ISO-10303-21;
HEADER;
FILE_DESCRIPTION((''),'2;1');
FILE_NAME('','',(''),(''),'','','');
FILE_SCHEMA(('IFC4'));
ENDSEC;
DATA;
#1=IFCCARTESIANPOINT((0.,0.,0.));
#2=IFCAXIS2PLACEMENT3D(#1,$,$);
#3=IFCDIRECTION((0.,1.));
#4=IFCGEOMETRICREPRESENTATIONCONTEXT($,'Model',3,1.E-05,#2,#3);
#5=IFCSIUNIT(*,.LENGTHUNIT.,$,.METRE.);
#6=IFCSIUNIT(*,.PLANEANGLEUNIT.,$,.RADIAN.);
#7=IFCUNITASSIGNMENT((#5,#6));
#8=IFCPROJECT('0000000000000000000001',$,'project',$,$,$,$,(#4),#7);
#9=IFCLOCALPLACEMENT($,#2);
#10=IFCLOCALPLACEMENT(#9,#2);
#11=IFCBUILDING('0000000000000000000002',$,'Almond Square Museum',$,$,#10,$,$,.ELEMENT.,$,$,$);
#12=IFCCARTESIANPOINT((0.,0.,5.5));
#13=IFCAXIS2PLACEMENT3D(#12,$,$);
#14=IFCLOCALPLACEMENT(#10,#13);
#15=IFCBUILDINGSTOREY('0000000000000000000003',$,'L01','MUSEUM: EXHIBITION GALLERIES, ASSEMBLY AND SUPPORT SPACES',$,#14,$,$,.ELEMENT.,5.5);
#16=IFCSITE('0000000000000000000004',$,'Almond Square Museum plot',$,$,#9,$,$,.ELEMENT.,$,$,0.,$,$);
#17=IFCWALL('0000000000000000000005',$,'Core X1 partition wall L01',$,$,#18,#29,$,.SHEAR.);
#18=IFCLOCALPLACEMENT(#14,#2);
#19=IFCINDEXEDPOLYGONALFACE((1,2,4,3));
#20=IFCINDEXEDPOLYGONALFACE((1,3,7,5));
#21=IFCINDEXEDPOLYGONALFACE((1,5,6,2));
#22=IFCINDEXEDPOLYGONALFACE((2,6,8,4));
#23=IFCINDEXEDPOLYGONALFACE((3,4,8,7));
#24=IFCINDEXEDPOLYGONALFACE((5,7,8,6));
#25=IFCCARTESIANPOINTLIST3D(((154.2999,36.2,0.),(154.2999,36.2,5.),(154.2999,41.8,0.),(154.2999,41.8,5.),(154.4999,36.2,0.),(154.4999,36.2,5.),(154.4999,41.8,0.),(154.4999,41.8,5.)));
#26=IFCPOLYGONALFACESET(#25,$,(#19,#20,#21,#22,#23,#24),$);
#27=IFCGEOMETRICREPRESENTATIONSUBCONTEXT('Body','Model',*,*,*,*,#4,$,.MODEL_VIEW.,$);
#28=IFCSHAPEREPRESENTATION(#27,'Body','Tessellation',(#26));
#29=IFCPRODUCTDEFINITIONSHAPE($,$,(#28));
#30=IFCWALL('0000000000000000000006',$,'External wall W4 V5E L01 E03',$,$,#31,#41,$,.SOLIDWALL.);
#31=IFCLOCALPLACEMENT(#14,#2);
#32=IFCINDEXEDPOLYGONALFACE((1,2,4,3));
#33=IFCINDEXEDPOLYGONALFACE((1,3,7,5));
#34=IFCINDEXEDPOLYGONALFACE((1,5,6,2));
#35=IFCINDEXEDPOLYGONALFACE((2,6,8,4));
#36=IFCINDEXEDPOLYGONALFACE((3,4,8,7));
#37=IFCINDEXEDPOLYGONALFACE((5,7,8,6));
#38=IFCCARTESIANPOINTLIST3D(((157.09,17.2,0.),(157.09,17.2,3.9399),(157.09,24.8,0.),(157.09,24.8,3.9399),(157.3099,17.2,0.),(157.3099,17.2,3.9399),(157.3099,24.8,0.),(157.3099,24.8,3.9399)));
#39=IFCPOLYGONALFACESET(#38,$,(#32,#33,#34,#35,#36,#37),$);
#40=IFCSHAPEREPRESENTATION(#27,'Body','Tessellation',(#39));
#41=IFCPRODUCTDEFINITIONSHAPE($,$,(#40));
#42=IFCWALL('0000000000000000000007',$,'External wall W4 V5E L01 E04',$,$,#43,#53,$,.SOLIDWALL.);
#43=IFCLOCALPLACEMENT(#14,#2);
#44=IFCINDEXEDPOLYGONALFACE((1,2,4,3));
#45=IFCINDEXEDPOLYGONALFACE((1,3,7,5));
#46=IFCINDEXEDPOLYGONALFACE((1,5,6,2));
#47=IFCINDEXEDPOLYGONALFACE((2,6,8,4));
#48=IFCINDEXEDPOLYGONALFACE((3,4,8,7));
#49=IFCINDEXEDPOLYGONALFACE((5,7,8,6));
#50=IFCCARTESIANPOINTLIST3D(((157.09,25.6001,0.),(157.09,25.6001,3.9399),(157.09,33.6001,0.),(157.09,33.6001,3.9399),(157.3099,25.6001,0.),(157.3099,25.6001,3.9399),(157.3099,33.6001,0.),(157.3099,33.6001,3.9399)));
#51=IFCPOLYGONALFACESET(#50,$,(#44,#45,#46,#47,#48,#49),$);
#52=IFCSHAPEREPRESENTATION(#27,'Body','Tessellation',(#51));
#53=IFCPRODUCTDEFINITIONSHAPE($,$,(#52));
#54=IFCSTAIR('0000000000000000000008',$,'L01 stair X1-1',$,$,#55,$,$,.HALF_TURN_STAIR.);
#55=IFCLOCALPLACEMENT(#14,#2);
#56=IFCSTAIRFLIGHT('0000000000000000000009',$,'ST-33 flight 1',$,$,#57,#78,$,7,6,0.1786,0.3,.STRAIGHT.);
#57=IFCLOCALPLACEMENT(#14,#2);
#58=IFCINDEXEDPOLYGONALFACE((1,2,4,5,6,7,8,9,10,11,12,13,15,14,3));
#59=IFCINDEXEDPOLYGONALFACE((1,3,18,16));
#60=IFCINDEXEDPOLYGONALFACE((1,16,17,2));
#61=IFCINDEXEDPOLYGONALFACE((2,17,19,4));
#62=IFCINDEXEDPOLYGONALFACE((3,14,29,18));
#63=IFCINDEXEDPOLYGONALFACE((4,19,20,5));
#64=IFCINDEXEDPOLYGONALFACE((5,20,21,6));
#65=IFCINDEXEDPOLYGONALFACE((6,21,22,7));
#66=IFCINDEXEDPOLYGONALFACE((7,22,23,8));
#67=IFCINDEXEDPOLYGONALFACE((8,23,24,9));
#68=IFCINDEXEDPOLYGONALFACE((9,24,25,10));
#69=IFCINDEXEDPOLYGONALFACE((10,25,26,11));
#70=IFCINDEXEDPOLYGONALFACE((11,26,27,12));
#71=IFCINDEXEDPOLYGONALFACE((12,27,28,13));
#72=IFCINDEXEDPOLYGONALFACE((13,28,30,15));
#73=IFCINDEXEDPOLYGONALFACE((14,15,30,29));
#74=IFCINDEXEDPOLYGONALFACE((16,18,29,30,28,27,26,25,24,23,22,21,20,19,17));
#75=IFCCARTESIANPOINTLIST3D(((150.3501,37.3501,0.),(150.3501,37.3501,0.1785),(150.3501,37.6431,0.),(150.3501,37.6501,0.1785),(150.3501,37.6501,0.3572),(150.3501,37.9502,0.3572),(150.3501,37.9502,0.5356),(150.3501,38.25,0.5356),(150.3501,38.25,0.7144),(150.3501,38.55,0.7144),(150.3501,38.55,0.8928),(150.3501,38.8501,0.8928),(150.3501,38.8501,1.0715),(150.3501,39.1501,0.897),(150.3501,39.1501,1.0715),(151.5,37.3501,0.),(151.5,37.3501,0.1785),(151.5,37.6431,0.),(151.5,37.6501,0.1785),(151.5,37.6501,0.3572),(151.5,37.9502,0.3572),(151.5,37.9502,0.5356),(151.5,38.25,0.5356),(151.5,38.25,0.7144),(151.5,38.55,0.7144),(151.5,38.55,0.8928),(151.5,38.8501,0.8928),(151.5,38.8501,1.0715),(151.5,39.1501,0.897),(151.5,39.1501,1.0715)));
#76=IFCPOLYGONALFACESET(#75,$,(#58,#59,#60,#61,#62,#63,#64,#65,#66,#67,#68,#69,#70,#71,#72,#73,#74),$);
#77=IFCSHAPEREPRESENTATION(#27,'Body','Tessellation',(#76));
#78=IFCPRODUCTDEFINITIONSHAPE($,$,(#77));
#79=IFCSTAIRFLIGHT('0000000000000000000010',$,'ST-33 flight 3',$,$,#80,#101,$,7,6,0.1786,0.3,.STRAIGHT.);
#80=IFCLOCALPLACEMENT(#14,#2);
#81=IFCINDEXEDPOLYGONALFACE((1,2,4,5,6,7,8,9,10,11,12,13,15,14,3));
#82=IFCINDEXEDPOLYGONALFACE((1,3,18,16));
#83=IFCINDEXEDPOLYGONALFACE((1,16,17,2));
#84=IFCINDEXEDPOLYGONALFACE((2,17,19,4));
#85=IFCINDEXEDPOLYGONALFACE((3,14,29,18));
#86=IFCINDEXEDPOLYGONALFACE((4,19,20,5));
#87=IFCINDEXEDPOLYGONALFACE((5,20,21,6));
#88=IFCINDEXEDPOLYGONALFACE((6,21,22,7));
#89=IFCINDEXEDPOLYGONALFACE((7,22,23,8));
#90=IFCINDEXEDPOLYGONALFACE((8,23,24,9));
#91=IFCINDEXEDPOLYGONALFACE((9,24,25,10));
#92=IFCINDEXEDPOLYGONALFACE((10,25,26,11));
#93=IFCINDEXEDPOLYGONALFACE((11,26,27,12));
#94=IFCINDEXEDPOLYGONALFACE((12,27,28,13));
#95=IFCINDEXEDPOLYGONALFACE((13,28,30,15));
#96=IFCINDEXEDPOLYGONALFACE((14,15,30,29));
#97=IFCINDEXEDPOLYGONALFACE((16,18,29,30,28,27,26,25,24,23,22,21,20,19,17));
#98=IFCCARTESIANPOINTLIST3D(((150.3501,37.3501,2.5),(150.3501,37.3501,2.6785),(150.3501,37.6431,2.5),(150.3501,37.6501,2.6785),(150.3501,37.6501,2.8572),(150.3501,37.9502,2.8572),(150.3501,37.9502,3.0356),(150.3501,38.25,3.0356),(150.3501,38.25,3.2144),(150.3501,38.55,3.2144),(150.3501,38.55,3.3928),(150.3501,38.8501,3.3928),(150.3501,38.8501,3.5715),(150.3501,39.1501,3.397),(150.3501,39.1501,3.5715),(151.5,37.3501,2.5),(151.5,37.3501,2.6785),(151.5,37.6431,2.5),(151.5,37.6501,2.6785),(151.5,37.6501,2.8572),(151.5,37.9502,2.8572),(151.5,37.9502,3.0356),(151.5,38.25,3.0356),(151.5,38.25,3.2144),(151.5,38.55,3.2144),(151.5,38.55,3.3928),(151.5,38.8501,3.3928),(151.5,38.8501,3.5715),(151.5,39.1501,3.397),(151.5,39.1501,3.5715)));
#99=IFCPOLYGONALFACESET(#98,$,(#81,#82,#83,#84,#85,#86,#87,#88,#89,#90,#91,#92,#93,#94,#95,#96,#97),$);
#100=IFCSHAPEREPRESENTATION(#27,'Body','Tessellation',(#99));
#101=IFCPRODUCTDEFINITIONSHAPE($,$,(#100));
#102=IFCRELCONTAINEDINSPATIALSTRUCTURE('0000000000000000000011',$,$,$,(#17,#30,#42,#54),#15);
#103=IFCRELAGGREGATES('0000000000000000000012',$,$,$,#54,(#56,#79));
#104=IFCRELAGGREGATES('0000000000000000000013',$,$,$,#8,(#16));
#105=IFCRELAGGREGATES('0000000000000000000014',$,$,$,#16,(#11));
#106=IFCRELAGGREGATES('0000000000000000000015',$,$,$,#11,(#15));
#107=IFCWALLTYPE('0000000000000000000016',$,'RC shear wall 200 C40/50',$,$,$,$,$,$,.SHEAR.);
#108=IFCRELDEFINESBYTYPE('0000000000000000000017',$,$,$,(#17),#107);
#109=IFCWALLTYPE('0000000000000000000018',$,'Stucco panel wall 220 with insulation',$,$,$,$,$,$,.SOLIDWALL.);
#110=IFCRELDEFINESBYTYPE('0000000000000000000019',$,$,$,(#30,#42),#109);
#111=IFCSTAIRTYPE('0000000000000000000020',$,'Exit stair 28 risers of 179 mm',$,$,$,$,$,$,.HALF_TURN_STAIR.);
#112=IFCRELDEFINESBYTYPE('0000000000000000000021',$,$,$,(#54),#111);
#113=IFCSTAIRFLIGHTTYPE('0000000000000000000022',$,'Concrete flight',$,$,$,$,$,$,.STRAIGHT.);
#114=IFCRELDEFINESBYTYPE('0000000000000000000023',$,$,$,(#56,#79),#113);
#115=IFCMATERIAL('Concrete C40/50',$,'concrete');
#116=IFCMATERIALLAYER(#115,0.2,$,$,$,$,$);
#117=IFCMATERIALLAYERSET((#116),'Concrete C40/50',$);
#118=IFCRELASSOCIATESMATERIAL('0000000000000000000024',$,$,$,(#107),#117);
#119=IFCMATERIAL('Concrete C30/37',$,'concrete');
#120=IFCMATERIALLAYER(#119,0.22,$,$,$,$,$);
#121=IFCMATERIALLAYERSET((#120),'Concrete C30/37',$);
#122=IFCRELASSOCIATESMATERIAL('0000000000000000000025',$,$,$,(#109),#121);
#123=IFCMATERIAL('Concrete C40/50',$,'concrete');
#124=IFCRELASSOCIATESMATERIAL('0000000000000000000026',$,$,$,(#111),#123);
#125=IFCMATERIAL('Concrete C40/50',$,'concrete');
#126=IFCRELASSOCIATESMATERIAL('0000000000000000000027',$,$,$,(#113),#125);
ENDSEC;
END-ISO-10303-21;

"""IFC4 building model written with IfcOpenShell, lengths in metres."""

from ifc_helpers import new_model, si_unit, direction, frame, frame_2d, origin, place, context, subcontext, project, spatial, polyline, rectangle, outline, extrude, material, layer, layer_set, type_object, element, aggregate, save


model = new_model("IFC4")

# Units and contexts
model_context = context("Model", 3, precision=1e-05, world=origin(), true_north=direction((0.0, 1.0)))
body_context = subcontext(model_context, "Body", "Model", "MODEL_VIEW")
ifc_project = project(units=[si_unit("LENGTHUNIT", "METRE"), si_unit("PLANEANGLEUNIT", "RADIAN")], contexts=[model_context])

# Site, building, storey
site_placement = place(None, origin())
site = spatial("IfcSite", under=ifc_project, at=site_placement, Name="Almond Square Museum plot", CompositionType="ELEMENT", RefElevation=0.0)
building_placement = place(site_placement, origin())
building = spatial("IfcBuilding", under=site, at=building_placement, Name="Almond Square Museum", CompositionType="ELEMENT")
storey_placement = place(building_placement, frame((0.0, 0.0, 5.5)))
storey = spatial("IfcBuildingStorey", under=building, at=storey_placement, Name="L01", Description="MUSEUM: EXHIBITION GALLERIES, ASSEMBLY AND SUPPORT SPACES", CompositionType="ELEMENT", Elevation=5.5)

# Shared definitions
ifc_material_1 = material(Name="Concrete C40/50", Category="concrete")
ifc_layer_1 = layer(ifc_material_1, 0.2)
ifc_layer_set_1 = layer_set([ifc_layer_1], Name="Concrete C40/50")
wall_type_1 = type_object("IfcWallType", Name="RC shear wall 200 C40/50", PredefinedType="SHEAR", material=ifc_layer_set_1)

# Walls
for number, where, z_axis, x_axis, name in (
    (1, (154.3999, 36.2, 0.0), (0.0, 0.0, 1.0), (0.0, 1.0, 0.0), "Core X1 partition wall L01"),
):
    element("IfcWall", number, at=place(storey_placement, frame(where, z_axis=z_axis, x_axis=x_axis)), inside=storey, type_object=wall_type_1, Name=name, PredefinedType="SHEAR", context=body_context, shape_type="SweptSolid", body=[
        extrude(rectangle(XDim=5.6001, YDim=0.2, at=frame_2d((2.8, 0.0))), origin(), (0.0, 0.0, 1.0), 5.0),
    ])
ifc_material_2 = material(Name="Concrete C30/37", Category="concrete")
ifc_layer_2 = layer(ifc_material_2, 0.22)
ifc_layer_set_2 = layer_set([ifc_layer_2], Name="Concrete C30/37")
wall_type_2 = type_object("IfcWallType", Name="Stucco panel wall 220 with insulation", PredefinedType="SOLIDWALL", material=ifc_layer_set_2)
wall_1_placement = place(storey_placement, frame((157.2, 17.2, 0.0), z_axis=(0.0, 0.0, 1.0), x_axis=(0.0, 1.0, 0.0)))
element("IfcWall", 2, at=wall_1_placement, inside=storey, type_object=wall_type_2, Name="External wall W4 V5E L01 E03", PredefinedType="SOLIDWALL", context=body_context, shape_type="SweptSolid", body=[
    extrude(rectangle(XDim=7.6001, YDim=0.22, at=frame_2d((3.8, 0.0))), origin(), (0.0, 0.0, 1.0), 3.9399),
])
wall_2_placement = place(storey_placement, frame((157.2, 25.6001, 0.0), z_axis=(0.0, 0.0, 1.0), x_axis=(0.0, 1.0, 0.0)))
element("IfcWall", 3, at=wall_2_placement, inside=storey, type_object=wall_type_2, Name="External wall W4 V5E L01 E04", PredefinedType="SOLIDWALL", context=body_context, shape_type="SweptSolid", body=[
    extrude(rectangle(XDim=8.0, YDim=0.22, at=frame_2d((4.0, 0.0))), origin(), (0.0, 0.0, 1.0), 3.9399),
])

# Stair, stair flights
ifc_material_3 = material(Name="Concrete C40/50", Category="concrete")
stair_type = type_object("IfcStairType", Name="Exit stair 28 risers of 179 mm", PredefinedType="HALF_TURN_STAIR", material=ifc_material_3)
stair_placement = place(storey_placement, origin())
stair = element("IfcStair", 4, at=stair_placement, inside=storey, type_object=stair_type, Name="L01 stair X1-1", PredefinedType="HALF_TURN_STAIR")
ifc_material_4 = material(Name="Concrete C40/50", Category="concrete")
stair_flight_type = type_object("IfcStairFlightType", Name="Concrete flight", PredefinedType="STRAIGHT", material=ifc_material_4)
stair_flight_1_placement = place(storey_placement, frame((150.925, 37.3501, 0.0), z_axis=(0.0, 0.0, 1.0), x_axis=(0.0, 1.0, 0.0)))
stair_flight_1 = element("IfcStairFlight", 5, at=stair_flight_1_placement, type_object=stair_flight_type, Name="ST-33 flight 1", NumberOfRisers=7, NumberOfTreads=6, PredefinedType="STRAIGHT", RiserHeight=0.1786, TreadLength=0.3, context=body_context, shape_type="SweptSolid", body=[
    extrude(outline(polyline([(0.0, 0.0), (0.0, 0.1785), (0.3, 0.1785), (0.3, 0.3572), (0.6001, 0.3572), (0.6001, 0.5356), (0.8999, 0.5356), (0.8999, 0.7144), (1.2, 0.7144), (1.2, 0.8928), (1.5, 0.8928), (1.5, 1.0715), (1.8, 1.0715), (1.8, 1.25), (1.8, 0.897), (0.293, 0.0), (0.0, 0.0)])), frame((0.0, 0.575, 0.0), z_axis=(0.0, -1.0, 0.0), x_axis=(1.0, 0.0, 0.0)), (0.0, 0.0, 1.0), 1.1499),
])
stair_flight_2_placement = place(storey_placement, frame((150.925, 37.3501, 2.5), z_axis=(0.0, 0.0, 1.0), x_axis=(0.0, 1.0, 0.0)))
stair_flight_2 = element("IfcStairFlight", 6, at=stair_flight_2_placement, type_object=stair_flight_type, Name="ST-33 flight 3", NumberOfRisers=7, NumberOfTreads=6, PredefinedType="STRAIGHT", RiserHeight=0.1786, TreadLength=0.3, context=body_context, shape_type="SweptSolid", body=[
    extrude(outline(polyline([(0.0, 0.0), (0.0, 0.1785), (0.3, 0.1785), (0.3, 0.3572), (0.6001, 0.3572), (0.6001, 0.5356), (0.8999, 0.5356), (0.8999, 0.7144), (1.2, 0.7144), (1.2, 0.8928), (1.5, 0.8928), (1.5, 1.0715), (1.8, 1.0715), (1.8, 1.25), (1.8, 0.897), (0.293, 0.0), (0.0, 0.0)])), frame((0.0, 0.575, 0.0), z_axis=(0.0, -1.0, 0.0), x_axis=(1.0, 0.0, 0.0)), (0.0, 0.0, 1.0), 1.1499),
])
aggregate(stair, [stair_flight_1, stair_flight_2])

save(model, "model.ifc")
